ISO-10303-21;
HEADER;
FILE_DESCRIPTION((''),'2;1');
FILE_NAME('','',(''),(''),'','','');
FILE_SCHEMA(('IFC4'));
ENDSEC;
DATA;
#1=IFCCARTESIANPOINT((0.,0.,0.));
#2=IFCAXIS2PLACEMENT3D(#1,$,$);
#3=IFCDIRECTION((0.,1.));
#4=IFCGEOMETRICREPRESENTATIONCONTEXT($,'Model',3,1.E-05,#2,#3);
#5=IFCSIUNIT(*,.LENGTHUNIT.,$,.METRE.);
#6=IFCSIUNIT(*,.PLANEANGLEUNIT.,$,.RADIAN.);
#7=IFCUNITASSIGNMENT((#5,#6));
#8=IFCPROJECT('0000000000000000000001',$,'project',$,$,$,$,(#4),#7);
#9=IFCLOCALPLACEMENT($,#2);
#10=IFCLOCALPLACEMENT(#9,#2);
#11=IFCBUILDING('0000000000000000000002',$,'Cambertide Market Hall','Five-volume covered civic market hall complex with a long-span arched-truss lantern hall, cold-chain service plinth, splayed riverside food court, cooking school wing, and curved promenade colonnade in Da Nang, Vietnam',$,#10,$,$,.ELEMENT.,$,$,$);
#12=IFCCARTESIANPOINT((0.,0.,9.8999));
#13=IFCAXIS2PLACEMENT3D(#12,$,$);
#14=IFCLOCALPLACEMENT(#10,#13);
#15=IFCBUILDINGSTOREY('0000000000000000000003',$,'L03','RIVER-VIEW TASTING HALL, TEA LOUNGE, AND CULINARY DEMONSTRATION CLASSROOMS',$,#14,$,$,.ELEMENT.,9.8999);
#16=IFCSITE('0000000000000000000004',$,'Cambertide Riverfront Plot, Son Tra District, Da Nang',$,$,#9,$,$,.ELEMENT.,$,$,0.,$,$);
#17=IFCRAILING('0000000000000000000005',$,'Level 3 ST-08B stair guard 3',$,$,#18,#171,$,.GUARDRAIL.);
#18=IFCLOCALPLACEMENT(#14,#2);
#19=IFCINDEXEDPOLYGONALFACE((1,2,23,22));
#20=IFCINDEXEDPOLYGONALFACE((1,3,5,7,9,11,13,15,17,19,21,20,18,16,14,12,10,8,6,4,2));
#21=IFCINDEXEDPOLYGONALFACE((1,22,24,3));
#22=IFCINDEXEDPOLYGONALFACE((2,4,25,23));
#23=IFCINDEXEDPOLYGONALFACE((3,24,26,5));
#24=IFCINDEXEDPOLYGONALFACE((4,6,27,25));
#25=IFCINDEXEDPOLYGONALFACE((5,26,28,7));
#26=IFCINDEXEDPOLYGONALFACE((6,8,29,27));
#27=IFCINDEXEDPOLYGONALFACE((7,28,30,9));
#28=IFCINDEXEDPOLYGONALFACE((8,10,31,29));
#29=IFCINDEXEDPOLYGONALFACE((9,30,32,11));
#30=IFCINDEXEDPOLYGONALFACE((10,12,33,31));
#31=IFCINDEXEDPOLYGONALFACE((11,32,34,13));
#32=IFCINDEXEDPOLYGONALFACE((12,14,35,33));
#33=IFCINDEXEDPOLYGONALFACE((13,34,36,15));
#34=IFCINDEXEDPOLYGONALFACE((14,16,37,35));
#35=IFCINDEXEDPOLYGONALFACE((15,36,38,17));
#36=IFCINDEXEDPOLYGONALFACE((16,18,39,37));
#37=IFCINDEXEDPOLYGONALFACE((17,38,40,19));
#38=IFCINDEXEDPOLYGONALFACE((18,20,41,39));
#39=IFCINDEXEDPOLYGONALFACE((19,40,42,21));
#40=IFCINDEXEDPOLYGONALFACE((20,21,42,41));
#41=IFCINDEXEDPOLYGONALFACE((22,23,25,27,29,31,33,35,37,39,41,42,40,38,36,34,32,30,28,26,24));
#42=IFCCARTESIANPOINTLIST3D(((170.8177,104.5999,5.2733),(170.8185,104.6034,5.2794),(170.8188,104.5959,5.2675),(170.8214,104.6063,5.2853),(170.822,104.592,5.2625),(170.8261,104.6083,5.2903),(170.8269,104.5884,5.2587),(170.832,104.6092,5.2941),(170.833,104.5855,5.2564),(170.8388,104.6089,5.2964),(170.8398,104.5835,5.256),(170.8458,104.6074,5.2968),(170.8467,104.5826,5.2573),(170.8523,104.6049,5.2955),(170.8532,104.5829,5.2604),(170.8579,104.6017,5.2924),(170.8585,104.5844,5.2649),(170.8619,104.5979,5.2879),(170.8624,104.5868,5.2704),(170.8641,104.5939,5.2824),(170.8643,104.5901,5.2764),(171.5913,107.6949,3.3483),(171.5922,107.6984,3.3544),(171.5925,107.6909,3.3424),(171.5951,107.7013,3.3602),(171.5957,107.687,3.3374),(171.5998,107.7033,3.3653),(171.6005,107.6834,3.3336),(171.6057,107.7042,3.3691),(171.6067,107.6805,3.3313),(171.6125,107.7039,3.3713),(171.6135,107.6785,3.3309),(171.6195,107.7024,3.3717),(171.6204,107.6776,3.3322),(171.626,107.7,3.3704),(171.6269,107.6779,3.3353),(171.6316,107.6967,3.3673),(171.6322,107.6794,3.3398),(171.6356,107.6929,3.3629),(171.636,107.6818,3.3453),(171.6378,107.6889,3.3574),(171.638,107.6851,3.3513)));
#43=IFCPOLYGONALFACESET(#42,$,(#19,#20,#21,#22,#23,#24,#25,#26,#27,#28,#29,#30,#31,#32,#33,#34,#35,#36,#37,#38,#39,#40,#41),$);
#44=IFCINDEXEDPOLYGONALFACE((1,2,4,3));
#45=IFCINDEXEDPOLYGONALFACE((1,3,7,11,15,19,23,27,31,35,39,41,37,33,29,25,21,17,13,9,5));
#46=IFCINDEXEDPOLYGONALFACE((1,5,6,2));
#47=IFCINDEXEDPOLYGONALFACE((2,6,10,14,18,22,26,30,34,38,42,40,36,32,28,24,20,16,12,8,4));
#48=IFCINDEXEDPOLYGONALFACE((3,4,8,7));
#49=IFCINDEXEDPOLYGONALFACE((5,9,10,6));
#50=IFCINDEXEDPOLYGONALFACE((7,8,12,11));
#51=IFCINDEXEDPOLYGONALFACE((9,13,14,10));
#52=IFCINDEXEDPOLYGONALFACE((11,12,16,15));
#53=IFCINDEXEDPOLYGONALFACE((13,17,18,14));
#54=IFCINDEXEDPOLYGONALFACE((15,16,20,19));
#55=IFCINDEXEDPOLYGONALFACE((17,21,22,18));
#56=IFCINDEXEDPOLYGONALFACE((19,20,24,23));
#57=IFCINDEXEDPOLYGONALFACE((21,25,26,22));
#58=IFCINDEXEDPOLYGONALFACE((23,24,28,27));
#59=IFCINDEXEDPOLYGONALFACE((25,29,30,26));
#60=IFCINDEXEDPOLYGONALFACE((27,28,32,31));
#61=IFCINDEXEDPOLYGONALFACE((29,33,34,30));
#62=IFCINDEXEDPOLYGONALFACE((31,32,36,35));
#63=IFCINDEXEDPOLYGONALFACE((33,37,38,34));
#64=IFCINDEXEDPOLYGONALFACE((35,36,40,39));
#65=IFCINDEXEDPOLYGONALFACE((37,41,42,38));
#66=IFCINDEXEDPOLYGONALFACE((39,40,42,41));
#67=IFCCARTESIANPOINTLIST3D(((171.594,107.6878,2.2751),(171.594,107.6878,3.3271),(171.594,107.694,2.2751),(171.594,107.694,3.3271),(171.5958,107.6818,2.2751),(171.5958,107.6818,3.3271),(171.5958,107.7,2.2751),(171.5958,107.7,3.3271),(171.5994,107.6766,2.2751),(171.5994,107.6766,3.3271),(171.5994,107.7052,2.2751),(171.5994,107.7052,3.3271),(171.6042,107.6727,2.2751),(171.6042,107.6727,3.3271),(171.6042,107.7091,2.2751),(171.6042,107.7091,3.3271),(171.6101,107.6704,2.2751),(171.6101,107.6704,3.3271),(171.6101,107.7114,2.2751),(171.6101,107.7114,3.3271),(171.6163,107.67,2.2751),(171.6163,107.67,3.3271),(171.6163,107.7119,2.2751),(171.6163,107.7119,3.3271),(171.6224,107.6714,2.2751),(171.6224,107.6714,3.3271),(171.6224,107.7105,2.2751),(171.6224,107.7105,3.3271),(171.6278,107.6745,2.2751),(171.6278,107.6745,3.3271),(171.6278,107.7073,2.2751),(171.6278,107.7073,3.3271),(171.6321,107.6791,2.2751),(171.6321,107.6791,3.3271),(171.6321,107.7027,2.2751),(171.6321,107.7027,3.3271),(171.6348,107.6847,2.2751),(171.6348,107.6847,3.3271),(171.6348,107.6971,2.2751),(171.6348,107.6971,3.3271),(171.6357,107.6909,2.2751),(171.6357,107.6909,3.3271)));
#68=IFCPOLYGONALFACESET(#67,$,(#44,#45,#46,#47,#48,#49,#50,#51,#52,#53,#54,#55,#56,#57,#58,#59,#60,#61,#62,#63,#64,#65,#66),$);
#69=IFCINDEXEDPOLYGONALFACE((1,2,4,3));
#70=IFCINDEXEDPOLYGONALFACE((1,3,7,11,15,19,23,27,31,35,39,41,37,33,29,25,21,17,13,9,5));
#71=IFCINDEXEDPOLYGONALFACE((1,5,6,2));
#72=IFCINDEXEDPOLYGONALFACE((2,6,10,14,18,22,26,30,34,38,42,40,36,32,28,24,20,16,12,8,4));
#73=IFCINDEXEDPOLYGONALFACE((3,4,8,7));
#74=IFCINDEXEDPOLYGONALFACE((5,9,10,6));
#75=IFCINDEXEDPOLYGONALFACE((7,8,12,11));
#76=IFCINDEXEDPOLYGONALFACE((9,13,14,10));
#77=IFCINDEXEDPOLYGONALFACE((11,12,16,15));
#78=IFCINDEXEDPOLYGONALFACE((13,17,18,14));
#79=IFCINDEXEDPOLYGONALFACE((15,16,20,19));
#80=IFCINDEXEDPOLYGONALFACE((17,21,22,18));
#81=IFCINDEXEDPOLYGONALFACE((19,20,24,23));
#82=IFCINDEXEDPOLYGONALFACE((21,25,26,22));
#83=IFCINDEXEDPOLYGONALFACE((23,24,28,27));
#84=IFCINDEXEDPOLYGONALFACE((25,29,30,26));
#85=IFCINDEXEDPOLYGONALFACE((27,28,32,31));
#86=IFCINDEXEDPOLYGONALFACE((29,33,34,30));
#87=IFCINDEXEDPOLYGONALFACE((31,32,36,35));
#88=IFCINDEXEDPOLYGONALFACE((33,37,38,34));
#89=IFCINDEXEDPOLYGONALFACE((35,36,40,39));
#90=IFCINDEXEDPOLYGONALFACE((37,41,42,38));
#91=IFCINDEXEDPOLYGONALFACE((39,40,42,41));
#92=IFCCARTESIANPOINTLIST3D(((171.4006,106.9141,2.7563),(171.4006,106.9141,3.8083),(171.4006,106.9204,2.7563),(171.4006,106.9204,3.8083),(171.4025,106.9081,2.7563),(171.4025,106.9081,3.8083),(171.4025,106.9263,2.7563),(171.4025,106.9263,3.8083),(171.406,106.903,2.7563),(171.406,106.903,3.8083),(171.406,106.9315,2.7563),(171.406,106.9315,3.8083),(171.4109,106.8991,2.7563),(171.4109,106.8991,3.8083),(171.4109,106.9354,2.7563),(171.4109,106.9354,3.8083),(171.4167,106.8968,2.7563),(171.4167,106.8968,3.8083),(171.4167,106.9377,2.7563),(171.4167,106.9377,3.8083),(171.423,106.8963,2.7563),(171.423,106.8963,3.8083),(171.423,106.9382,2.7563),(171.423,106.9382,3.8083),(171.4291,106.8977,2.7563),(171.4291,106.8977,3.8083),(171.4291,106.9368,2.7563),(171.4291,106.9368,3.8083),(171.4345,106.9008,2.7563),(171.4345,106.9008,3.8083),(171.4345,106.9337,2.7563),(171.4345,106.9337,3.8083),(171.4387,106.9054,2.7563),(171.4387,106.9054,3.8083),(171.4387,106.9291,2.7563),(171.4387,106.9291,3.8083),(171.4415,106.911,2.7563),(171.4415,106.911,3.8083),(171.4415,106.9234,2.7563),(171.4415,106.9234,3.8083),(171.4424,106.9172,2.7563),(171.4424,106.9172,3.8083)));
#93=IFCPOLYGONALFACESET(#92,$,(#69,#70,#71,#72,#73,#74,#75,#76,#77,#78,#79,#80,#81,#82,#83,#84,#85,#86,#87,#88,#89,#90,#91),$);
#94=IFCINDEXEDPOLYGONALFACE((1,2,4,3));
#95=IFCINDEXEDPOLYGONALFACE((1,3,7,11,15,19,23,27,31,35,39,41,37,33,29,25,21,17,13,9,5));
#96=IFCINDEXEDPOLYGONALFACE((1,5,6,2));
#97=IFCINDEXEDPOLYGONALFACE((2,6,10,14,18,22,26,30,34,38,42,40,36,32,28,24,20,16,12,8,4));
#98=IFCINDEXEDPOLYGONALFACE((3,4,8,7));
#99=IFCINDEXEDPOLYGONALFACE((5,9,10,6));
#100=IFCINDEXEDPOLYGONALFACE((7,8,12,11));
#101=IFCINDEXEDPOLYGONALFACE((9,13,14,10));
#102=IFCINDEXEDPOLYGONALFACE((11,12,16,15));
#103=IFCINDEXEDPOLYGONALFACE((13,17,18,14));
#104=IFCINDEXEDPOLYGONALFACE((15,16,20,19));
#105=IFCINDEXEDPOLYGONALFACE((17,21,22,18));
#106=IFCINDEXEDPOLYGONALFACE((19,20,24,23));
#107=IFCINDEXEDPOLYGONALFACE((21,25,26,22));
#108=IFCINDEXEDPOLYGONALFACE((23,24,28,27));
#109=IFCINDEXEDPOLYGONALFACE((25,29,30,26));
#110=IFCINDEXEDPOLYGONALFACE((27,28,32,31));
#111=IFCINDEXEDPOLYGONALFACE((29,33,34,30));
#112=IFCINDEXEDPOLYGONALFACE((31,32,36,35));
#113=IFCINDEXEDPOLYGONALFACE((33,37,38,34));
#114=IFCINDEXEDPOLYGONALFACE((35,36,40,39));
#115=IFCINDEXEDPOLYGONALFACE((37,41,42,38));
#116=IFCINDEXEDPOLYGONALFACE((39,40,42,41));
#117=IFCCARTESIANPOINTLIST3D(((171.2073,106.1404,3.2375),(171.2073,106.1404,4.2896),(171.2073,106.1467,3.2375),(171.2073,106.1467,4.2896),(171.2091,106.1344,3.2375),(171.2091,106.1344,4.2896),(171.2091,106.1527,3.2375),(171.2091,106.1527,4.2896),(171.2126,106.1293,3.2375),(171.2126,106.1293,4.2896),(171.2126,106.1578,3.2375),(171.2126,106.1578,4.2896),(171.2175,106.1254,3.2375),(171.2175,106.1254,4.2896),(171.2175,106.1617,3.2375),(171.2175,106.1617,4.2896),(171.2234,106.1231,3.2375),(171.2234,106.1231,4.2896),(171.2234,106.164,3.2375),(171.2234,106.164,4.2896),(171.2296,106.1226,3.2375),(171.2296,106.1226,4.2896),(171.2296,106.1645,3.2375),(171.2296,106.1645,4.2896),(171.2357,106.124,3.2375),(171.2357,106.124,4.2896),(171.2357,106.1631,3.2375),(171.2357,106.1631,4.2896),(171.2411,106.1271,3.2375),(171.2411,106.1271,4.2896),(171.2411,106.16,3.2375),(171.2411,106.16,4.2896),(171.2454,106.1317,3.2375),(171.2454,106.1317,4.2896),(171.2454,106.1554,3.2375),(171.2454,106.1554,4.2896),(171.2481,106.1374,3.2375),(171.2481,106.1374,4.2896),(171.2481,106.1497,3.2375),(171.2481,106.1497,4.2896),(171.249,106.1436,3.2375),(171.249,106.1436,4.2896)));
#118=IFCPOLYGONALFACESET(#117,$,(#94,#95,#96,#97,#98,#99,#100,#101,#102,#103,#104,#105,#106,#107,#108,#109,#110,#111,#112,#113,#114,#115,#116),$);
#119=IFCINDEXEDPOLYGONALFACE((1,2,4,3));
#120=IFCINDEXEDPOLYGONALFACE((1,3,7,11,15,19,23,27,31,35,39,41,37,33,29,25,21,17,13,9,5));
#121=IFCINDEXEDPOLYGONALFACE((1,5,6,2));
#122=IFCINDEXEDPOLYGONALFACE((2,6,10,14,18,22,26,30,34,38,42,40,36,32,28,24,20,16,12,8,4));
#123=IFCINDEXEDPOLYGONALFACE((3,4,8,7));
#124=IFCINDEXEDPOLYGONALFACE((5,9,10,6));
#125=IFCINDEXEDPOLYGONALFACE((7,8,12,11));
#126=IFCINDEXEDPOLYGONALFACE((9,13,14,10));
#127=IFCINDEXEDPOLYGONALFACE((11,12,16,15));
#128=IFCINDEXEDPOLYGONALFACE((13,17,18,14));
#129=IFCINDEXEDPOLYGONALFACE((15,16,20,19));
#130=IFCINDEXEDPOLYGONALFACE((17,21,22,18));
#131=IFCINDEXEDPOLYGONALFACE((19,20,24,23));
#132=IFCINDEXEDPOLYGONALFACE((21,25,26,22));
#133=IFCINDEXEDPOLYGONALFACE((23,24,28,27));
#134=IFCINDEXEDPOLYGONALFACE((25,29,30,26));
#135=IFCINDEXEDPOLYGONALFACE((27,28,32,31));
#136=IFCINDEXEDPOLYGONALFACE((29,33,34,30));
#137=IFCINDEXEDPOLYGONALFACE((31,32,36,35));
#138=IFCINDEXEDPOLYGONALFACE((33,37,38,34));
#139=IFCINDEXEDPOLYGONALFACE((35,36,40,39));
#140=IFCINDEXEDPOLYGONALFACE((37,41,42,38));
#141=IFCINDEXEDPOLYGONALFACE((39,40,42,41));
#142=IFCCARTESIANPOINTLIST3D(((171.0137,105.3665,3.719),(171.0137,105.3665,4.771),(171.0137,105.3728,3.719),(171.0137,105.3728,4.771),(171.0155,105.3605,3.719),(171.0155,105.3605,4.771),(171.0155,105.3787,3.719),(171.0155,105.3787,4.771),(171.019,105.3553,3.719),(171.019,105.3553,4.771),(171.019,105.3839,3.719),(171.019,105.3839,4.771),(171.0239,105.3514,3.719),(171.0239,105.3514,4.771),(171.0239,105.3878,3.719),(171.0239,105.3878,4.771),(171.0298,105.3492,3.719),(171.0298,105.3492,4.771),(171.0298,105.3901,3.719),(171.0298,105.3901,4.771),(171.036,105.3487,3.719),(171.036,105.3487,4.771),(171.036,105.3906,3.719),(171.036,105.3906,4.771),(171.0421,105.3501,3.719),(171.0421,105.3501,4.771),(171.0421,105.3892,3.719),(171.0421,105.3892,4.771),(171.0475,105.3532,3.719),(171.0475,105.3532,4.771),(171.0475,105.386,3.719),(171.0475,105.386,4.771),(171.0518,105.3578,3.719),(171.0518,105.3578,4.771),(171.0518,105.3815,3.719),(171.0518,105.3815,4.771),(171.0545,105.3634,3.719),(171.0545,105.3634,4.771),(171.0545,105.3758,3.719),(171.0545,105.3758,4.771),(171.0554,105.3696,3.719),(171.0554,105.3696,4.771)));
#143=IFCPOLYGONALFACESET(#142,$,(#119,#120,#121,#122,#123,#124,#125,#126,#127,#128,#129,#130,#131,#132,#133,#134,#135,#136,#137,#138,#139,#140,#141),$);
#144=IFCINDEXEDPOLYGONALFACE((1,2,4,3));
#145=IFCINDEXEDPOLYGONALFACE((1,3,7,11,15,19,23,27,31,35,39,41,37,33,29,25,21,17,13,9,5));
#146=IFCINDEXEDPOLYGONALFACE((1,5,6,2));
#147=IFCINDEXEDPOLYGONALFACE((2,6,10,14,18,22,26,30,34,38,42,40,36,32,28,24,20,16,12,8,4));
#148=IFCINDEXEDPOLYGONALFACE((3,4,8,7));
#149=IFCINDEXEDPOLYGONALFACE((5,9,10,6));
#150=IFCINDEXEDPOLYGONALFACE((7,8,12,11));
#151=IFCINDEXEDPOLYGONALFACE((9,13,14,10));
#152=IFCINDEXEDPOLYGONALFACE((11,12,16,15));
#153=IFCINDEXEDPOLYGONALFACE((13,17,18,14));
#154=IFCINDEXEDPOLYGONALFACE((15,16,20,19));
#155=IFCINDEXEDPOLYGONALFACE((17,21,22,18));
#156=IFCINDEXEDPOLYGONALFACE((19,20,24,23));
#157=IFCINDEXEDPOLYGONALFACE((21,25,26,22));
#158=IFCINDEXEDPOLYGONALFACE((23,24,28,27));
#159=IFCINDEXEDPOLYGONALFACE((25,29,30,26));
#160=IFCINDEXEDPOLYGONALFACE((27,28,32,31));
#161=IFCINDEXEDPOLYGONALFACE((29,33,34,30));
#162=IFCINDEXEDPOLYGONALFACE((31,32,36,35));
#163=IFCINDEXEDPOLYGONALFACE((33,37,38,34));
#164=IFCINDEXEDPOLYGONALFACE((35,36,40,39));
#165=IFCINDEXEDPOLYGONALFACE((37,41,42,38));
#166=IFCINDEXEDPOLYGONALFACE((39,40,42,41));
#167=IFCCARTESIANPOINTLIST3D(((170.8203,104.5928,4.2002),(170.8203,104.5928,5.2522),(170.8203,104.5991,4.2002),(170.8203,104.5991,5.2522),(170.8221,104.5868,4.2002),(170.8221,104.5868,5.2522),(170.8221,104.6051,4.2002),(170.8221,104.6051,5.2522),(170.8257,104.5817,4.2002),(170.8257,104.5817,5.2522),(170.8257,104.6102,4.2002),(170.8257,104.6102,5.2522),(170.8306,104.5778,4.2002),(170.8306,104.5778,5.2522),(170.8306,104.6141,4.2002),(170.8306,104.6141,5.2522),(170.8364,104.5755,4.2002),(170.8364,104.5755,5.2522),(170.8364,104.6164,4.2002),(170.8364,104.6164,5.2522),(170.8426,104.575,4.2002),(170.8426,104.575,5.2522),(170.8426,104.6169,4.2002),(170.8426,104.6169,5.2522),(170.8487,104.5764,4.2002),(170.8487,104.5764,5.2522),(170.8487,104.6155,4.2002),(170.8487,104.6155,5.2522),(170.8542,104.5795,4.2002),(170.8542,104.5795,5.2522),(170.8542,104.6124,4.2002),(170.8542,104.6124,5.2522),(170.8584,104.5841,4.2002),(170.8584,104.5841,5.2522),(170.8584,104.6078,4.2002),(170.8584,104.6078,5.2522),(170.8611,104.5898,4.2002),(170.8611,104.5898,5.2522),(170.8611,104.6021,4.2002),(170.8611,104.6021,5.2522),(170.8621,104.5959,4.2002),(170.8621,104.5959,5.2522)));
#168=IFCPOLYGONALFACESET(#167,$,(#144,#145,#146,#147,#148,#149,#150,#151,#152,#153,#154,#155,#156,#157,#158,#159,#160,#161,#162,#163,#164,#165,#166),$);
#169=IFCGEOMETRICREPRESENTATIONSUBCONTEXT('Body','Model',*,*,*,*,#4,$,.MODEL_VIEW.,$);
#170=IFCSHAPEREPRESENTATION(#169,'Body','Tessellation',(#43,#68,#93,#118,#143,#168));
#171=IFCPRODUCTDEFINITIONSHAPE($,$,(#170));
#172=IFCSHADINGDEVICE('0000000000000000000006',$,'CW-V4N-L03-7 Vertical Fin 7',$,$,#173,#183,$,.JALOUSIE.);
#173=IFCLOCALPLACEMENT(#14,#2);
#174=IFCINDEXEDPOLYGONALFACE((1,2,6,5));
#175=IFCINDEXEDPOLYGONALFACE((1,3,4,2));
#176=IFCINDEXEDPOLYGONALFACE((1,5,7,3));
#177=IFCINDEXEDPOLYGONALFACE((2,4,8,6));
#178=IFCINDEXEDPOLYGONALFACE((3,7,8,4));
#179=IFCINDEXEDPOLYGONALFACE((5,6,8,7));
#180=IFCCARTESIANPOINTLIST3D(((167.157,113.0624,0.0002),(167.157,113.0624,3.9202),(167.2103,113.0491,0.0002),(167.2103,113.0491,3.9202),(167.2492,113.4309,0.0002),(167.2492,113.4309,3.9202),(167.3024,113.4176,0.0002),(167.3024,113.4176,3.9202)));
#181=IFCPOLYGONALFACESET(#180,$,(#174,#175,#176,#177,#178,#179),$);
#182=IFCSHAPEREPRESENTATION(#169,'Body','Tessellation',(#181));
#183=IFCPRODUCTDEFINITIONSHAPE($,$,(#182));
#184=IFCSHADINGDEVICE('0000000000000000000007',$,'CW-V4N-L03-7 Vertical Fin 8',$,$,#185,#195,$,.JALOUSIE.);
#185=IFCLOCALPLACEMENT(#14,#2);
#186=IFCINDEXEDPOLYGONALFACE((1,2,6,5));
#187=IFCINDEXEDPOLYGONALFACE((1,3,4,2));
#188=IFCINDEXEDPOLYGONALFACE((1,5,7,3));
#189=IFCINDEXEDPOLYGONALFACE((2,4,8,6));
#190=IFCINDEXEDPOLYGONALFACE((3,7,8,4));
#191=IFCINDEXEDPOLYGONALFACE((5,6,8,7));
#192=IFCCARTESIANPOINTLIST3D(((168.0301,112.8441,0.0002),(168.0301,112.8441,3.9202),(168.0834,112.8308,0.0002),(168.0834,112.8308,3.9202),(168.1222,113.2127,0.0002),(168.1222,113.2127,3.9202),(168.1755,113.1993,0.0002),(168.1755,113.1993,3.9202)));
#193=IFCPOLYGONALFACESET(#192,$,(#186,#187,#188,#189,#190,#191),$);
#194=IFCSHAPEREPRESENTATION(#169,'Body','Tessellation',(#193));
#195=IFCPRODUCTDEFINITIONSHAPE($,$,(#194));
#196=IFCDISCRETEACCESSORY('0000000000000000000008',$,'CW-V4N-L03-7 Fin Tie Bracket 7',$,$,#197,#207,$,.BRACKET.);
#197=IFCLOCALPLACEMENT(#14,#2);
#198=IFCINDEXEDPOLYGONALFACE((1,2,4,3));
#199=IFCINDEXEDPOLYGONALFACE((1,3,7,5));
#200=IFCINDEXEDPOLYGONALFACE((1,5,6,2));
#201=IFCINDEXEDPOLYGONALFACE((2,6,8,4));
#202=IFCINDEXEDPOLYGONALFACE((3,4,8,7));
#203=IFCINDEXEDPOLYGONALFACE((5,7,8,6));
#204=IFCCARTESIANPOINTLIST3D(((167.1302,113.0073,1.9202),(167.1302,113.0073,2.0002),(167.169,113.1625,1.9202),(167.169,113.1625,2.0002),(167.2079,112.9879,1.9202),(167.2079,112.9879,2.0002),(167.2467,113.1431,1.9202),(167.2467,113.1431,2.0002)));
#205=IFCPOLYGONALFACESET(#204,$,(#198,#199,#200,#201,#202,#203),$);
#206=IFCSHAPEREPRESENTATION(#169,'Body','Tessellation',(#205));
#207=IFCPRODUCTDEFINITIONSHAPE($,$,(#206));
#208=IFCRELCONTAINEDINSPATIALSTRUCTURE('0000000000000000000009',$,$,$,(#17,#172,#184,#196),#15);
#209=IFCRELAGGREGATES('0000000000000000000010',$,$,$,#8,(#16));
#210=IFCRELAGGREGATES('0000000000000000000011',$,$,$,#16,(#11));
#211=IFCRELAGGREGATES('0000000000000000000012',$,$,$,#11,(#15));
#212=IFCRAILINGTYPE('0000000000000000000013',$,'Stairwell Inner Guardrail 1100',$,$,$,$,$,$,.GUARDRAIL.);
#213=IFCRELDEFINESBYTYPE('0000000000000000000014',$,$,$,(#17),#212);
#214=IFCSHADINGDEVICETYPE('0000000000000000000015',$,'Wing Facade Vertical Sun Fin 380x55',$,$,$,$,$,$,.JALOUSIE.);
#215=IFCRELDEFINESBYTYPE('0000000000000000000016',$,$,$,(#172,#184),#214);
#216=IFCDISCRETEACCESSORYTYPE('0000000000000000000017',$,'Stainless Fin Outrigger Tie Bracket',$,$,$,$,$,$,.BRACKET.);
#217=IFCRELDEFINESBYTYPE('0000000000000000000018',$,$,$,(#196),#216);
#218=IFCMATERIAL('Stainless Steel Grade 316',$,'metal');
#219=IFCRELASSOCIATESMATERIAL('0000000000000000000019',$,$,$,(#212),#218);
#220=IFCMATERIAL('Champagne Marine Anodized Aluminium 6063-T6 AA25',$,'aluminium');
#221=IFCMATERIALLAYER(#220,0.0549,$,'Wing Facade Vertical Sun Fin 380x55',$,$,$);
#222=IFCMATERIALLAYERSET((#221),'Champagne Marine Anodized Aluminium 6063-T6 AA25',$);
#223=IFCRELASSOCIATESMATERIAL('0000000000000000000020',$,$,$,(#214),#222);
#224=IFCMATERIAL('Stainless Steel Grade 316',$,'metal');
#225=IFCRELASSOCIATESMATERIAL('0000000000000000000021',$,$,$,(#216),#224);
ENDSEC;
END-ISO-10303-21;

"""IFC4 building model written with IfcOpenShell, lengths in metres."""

from ifc_helpers import new_model, si_unit, direction, frame, origin, origin_2d, place, context, subcontext, project, spatial, rectangle, circle, extrude, material, layer, layer_set, type_object, element, save


model = new_model("IFC4")

# Units and contexts
model_context = context("Model", 3, precision=1e-05, world=origin(), true_north=direction((0.0, 1.0)))
body_context = subcontext(model_context, "Body", "Model", "MODEL_VIEW")
ifc_project = project(units=[si_unit("LENGTHUNIT", "METRE"), si_unit("PLANEANGLEUNIT", "RADIAN")], contexts=[model_context])

# Site, building, storey
site_placement = place(None, origin())
site = spatial("IfcSite", under=ifc_project, at=site_placement, Name="Cambertide Riverfront Plot, Son Tra District, Da Nang", CompositionType="ELEMENT", RefElevation=0.0)
building_placement = place(site_placement, origin())
building = spatial("IfcBuilding", under=site, at=building_placement, Name="Cambertide Market Hall", Description="Five-volume covered civic market hall complex with a long-span arched-truss lantern hall, cold-chain service plinth, splayed riverside food court, cooking school wing, and curved promenade colonnade in Da Nang, Vietnam", CompositionType="ELEMENT")
storey_placement = place(building_placement, frame((0.0, 0.0, 9.8999)))
storey = spatial("IfcBuildingStorey", under=building, at=storey_placement, Name="L03", Description="RIVER-VIEW TASTING HALL, TEA LOUNGE, AND CULINARY DEMONSTRATION CLASSROOMS", CompositionType="ELEMENT", Elevation=9.8999)

# Railing
ifc_material_1 = material(Name="Stainless Steel Grade 316", Category="metal")
railing_type_1 = type_object("IfcRailingType", Name="Stairwell Inner Guardrail 1100", PredefinedType="GUARDRAIL", material=ifc_material_1)
railing_1_placement = place(storey_placement, frame((171.6147, 107.6909, 2.2751)))
element("IfcRailing", 1, at=railing_1_placement, inside=storey, type_object=railing_type_1, Name="Level 3 ST-08B stair guard 3", PredefinedType="GUARDRAIL", context=body_context, shape_type="SweptSolid", body=[
    extrude(circle(Radius=0.0239, at=origin_2d()), frame((0.0, 0.0, 1.0762), z_axis=(-0.207643, -0.830637, 0.51665), x_axis=(0.970147, -0.242518, 0.0)), (0.0, 0.0, 1.0), 3.7261),
    extrude(circle(Radius=0.021, at=origin_2d()), origin(), (0.0, 0.0, 1.0), 1.052),
    extrude(circle(Radius=0.021, at=origin_2d()), frame((-0.1934, -0.7737, 0.4812)), (0.0, 0.0, 1.0), 1.052),
    extrude(circle(Radius=0.021, at=origin_2d()), frame((-0.3867, -1.5474, 0.9624)), (0.0, 0.0, 1.0), 1.052),
    extrude(circle(Radius=0.021, at=origin_2d()), frame((-0.5803, -2.3213, 1.4438)), (0.0, 0.0, 1.0), 1.052),
    extrude(circle(Radius=0.021, at=origin_2d()), frame((-0.7737, -3.095, 1.925)), (0.0, 0.0, 1.0), 1.052),
])

# Shading devices
ifc_material_2 = material(Name="Champagne Marine Anodized Aluminium 6063-T6 AA25", Category="aluminium")
ifc_layer_1 = layer(ifc_material_2, 0.0549, Name="Wing Facade Vertical Sun Fin 380x55")
ifc_layer_set_1 = layer_set([ifc_layer_1], Name="Champagne Marine Anodized Aluminium 6063-T6 AA25")
shading_device_type = type_object("IfcShadingDeviceType", Name="Wing Facade Vertical Sun Fin 380x55", PredefinedType="JALOUSIE", material=ifc_layer_set_1)
for number, where, z_axis, x_axis, name in (
    (2, (167.2297, 113.24, 0.0002), (0.0, 0.0, 1.0), (0.970143, -0.242536, 0.0), "CW-V4N-L03-7 Vertical Fin 7"),
    (3, (168.1028, 113.0217, 0.0002), (0.0, 0.0, 1.0), (0.970143, -0.242536, 0.0), "CW-V4N-L03-7 Vertical Fin 8"),
):
    element("IfcShadingDevice", number, at=place(storey_placement, frame(where, z_axis=z_axis, x_axis=x_axis)), inside=storey, type_object=shading_device_type, Name=name, PredefinedType="JALOUSIE", context=body_context, shape_type="SweptSolid", body=[
        extrude(rectangle(XDim=0.0549, YDim=0.3799, at=origin_2d()), origin(), (0.0, 0.0, 1.0), 3.9199),
    ])

# Discrete accessory
ifc_material_3 = material(Name="Stainless Steel Grade 316", Category="metal")
discrete_accessory_type = type_object("IfcDiscreteAccessoryType", Name="Stainless Fin Outrigger Tie Bracket", PredefinedType="BRACKET", material=ifc_material_3)
for number, where, z_axis, x_axis, name in (
    (4, (167.1885, 113.0752, 1.9202), (0.0, 0.0, 1.0), (0.970143, -0.242536, 0.0), "CW-V4N-L03-7 Fin Tie Bracket 7"),
):
    element("IfcDiscreteAccessory", number, at=place(storey_placement, frame(where, z_axis=z_axis, x_axis=x_axis)), inside=storey, type_object=discrete_accessory_type, Name=name, PredefinedType="BRACKET", context=body_context, shape_type="SweptSolid", body=[
        extrude(rectangle(XDim=0.0801, YDim=0.1599, at=origin_2d()), origin(), (0.0, 0.0, 1.0), 0.0801),
    ])

save(model, "model.ifc")
